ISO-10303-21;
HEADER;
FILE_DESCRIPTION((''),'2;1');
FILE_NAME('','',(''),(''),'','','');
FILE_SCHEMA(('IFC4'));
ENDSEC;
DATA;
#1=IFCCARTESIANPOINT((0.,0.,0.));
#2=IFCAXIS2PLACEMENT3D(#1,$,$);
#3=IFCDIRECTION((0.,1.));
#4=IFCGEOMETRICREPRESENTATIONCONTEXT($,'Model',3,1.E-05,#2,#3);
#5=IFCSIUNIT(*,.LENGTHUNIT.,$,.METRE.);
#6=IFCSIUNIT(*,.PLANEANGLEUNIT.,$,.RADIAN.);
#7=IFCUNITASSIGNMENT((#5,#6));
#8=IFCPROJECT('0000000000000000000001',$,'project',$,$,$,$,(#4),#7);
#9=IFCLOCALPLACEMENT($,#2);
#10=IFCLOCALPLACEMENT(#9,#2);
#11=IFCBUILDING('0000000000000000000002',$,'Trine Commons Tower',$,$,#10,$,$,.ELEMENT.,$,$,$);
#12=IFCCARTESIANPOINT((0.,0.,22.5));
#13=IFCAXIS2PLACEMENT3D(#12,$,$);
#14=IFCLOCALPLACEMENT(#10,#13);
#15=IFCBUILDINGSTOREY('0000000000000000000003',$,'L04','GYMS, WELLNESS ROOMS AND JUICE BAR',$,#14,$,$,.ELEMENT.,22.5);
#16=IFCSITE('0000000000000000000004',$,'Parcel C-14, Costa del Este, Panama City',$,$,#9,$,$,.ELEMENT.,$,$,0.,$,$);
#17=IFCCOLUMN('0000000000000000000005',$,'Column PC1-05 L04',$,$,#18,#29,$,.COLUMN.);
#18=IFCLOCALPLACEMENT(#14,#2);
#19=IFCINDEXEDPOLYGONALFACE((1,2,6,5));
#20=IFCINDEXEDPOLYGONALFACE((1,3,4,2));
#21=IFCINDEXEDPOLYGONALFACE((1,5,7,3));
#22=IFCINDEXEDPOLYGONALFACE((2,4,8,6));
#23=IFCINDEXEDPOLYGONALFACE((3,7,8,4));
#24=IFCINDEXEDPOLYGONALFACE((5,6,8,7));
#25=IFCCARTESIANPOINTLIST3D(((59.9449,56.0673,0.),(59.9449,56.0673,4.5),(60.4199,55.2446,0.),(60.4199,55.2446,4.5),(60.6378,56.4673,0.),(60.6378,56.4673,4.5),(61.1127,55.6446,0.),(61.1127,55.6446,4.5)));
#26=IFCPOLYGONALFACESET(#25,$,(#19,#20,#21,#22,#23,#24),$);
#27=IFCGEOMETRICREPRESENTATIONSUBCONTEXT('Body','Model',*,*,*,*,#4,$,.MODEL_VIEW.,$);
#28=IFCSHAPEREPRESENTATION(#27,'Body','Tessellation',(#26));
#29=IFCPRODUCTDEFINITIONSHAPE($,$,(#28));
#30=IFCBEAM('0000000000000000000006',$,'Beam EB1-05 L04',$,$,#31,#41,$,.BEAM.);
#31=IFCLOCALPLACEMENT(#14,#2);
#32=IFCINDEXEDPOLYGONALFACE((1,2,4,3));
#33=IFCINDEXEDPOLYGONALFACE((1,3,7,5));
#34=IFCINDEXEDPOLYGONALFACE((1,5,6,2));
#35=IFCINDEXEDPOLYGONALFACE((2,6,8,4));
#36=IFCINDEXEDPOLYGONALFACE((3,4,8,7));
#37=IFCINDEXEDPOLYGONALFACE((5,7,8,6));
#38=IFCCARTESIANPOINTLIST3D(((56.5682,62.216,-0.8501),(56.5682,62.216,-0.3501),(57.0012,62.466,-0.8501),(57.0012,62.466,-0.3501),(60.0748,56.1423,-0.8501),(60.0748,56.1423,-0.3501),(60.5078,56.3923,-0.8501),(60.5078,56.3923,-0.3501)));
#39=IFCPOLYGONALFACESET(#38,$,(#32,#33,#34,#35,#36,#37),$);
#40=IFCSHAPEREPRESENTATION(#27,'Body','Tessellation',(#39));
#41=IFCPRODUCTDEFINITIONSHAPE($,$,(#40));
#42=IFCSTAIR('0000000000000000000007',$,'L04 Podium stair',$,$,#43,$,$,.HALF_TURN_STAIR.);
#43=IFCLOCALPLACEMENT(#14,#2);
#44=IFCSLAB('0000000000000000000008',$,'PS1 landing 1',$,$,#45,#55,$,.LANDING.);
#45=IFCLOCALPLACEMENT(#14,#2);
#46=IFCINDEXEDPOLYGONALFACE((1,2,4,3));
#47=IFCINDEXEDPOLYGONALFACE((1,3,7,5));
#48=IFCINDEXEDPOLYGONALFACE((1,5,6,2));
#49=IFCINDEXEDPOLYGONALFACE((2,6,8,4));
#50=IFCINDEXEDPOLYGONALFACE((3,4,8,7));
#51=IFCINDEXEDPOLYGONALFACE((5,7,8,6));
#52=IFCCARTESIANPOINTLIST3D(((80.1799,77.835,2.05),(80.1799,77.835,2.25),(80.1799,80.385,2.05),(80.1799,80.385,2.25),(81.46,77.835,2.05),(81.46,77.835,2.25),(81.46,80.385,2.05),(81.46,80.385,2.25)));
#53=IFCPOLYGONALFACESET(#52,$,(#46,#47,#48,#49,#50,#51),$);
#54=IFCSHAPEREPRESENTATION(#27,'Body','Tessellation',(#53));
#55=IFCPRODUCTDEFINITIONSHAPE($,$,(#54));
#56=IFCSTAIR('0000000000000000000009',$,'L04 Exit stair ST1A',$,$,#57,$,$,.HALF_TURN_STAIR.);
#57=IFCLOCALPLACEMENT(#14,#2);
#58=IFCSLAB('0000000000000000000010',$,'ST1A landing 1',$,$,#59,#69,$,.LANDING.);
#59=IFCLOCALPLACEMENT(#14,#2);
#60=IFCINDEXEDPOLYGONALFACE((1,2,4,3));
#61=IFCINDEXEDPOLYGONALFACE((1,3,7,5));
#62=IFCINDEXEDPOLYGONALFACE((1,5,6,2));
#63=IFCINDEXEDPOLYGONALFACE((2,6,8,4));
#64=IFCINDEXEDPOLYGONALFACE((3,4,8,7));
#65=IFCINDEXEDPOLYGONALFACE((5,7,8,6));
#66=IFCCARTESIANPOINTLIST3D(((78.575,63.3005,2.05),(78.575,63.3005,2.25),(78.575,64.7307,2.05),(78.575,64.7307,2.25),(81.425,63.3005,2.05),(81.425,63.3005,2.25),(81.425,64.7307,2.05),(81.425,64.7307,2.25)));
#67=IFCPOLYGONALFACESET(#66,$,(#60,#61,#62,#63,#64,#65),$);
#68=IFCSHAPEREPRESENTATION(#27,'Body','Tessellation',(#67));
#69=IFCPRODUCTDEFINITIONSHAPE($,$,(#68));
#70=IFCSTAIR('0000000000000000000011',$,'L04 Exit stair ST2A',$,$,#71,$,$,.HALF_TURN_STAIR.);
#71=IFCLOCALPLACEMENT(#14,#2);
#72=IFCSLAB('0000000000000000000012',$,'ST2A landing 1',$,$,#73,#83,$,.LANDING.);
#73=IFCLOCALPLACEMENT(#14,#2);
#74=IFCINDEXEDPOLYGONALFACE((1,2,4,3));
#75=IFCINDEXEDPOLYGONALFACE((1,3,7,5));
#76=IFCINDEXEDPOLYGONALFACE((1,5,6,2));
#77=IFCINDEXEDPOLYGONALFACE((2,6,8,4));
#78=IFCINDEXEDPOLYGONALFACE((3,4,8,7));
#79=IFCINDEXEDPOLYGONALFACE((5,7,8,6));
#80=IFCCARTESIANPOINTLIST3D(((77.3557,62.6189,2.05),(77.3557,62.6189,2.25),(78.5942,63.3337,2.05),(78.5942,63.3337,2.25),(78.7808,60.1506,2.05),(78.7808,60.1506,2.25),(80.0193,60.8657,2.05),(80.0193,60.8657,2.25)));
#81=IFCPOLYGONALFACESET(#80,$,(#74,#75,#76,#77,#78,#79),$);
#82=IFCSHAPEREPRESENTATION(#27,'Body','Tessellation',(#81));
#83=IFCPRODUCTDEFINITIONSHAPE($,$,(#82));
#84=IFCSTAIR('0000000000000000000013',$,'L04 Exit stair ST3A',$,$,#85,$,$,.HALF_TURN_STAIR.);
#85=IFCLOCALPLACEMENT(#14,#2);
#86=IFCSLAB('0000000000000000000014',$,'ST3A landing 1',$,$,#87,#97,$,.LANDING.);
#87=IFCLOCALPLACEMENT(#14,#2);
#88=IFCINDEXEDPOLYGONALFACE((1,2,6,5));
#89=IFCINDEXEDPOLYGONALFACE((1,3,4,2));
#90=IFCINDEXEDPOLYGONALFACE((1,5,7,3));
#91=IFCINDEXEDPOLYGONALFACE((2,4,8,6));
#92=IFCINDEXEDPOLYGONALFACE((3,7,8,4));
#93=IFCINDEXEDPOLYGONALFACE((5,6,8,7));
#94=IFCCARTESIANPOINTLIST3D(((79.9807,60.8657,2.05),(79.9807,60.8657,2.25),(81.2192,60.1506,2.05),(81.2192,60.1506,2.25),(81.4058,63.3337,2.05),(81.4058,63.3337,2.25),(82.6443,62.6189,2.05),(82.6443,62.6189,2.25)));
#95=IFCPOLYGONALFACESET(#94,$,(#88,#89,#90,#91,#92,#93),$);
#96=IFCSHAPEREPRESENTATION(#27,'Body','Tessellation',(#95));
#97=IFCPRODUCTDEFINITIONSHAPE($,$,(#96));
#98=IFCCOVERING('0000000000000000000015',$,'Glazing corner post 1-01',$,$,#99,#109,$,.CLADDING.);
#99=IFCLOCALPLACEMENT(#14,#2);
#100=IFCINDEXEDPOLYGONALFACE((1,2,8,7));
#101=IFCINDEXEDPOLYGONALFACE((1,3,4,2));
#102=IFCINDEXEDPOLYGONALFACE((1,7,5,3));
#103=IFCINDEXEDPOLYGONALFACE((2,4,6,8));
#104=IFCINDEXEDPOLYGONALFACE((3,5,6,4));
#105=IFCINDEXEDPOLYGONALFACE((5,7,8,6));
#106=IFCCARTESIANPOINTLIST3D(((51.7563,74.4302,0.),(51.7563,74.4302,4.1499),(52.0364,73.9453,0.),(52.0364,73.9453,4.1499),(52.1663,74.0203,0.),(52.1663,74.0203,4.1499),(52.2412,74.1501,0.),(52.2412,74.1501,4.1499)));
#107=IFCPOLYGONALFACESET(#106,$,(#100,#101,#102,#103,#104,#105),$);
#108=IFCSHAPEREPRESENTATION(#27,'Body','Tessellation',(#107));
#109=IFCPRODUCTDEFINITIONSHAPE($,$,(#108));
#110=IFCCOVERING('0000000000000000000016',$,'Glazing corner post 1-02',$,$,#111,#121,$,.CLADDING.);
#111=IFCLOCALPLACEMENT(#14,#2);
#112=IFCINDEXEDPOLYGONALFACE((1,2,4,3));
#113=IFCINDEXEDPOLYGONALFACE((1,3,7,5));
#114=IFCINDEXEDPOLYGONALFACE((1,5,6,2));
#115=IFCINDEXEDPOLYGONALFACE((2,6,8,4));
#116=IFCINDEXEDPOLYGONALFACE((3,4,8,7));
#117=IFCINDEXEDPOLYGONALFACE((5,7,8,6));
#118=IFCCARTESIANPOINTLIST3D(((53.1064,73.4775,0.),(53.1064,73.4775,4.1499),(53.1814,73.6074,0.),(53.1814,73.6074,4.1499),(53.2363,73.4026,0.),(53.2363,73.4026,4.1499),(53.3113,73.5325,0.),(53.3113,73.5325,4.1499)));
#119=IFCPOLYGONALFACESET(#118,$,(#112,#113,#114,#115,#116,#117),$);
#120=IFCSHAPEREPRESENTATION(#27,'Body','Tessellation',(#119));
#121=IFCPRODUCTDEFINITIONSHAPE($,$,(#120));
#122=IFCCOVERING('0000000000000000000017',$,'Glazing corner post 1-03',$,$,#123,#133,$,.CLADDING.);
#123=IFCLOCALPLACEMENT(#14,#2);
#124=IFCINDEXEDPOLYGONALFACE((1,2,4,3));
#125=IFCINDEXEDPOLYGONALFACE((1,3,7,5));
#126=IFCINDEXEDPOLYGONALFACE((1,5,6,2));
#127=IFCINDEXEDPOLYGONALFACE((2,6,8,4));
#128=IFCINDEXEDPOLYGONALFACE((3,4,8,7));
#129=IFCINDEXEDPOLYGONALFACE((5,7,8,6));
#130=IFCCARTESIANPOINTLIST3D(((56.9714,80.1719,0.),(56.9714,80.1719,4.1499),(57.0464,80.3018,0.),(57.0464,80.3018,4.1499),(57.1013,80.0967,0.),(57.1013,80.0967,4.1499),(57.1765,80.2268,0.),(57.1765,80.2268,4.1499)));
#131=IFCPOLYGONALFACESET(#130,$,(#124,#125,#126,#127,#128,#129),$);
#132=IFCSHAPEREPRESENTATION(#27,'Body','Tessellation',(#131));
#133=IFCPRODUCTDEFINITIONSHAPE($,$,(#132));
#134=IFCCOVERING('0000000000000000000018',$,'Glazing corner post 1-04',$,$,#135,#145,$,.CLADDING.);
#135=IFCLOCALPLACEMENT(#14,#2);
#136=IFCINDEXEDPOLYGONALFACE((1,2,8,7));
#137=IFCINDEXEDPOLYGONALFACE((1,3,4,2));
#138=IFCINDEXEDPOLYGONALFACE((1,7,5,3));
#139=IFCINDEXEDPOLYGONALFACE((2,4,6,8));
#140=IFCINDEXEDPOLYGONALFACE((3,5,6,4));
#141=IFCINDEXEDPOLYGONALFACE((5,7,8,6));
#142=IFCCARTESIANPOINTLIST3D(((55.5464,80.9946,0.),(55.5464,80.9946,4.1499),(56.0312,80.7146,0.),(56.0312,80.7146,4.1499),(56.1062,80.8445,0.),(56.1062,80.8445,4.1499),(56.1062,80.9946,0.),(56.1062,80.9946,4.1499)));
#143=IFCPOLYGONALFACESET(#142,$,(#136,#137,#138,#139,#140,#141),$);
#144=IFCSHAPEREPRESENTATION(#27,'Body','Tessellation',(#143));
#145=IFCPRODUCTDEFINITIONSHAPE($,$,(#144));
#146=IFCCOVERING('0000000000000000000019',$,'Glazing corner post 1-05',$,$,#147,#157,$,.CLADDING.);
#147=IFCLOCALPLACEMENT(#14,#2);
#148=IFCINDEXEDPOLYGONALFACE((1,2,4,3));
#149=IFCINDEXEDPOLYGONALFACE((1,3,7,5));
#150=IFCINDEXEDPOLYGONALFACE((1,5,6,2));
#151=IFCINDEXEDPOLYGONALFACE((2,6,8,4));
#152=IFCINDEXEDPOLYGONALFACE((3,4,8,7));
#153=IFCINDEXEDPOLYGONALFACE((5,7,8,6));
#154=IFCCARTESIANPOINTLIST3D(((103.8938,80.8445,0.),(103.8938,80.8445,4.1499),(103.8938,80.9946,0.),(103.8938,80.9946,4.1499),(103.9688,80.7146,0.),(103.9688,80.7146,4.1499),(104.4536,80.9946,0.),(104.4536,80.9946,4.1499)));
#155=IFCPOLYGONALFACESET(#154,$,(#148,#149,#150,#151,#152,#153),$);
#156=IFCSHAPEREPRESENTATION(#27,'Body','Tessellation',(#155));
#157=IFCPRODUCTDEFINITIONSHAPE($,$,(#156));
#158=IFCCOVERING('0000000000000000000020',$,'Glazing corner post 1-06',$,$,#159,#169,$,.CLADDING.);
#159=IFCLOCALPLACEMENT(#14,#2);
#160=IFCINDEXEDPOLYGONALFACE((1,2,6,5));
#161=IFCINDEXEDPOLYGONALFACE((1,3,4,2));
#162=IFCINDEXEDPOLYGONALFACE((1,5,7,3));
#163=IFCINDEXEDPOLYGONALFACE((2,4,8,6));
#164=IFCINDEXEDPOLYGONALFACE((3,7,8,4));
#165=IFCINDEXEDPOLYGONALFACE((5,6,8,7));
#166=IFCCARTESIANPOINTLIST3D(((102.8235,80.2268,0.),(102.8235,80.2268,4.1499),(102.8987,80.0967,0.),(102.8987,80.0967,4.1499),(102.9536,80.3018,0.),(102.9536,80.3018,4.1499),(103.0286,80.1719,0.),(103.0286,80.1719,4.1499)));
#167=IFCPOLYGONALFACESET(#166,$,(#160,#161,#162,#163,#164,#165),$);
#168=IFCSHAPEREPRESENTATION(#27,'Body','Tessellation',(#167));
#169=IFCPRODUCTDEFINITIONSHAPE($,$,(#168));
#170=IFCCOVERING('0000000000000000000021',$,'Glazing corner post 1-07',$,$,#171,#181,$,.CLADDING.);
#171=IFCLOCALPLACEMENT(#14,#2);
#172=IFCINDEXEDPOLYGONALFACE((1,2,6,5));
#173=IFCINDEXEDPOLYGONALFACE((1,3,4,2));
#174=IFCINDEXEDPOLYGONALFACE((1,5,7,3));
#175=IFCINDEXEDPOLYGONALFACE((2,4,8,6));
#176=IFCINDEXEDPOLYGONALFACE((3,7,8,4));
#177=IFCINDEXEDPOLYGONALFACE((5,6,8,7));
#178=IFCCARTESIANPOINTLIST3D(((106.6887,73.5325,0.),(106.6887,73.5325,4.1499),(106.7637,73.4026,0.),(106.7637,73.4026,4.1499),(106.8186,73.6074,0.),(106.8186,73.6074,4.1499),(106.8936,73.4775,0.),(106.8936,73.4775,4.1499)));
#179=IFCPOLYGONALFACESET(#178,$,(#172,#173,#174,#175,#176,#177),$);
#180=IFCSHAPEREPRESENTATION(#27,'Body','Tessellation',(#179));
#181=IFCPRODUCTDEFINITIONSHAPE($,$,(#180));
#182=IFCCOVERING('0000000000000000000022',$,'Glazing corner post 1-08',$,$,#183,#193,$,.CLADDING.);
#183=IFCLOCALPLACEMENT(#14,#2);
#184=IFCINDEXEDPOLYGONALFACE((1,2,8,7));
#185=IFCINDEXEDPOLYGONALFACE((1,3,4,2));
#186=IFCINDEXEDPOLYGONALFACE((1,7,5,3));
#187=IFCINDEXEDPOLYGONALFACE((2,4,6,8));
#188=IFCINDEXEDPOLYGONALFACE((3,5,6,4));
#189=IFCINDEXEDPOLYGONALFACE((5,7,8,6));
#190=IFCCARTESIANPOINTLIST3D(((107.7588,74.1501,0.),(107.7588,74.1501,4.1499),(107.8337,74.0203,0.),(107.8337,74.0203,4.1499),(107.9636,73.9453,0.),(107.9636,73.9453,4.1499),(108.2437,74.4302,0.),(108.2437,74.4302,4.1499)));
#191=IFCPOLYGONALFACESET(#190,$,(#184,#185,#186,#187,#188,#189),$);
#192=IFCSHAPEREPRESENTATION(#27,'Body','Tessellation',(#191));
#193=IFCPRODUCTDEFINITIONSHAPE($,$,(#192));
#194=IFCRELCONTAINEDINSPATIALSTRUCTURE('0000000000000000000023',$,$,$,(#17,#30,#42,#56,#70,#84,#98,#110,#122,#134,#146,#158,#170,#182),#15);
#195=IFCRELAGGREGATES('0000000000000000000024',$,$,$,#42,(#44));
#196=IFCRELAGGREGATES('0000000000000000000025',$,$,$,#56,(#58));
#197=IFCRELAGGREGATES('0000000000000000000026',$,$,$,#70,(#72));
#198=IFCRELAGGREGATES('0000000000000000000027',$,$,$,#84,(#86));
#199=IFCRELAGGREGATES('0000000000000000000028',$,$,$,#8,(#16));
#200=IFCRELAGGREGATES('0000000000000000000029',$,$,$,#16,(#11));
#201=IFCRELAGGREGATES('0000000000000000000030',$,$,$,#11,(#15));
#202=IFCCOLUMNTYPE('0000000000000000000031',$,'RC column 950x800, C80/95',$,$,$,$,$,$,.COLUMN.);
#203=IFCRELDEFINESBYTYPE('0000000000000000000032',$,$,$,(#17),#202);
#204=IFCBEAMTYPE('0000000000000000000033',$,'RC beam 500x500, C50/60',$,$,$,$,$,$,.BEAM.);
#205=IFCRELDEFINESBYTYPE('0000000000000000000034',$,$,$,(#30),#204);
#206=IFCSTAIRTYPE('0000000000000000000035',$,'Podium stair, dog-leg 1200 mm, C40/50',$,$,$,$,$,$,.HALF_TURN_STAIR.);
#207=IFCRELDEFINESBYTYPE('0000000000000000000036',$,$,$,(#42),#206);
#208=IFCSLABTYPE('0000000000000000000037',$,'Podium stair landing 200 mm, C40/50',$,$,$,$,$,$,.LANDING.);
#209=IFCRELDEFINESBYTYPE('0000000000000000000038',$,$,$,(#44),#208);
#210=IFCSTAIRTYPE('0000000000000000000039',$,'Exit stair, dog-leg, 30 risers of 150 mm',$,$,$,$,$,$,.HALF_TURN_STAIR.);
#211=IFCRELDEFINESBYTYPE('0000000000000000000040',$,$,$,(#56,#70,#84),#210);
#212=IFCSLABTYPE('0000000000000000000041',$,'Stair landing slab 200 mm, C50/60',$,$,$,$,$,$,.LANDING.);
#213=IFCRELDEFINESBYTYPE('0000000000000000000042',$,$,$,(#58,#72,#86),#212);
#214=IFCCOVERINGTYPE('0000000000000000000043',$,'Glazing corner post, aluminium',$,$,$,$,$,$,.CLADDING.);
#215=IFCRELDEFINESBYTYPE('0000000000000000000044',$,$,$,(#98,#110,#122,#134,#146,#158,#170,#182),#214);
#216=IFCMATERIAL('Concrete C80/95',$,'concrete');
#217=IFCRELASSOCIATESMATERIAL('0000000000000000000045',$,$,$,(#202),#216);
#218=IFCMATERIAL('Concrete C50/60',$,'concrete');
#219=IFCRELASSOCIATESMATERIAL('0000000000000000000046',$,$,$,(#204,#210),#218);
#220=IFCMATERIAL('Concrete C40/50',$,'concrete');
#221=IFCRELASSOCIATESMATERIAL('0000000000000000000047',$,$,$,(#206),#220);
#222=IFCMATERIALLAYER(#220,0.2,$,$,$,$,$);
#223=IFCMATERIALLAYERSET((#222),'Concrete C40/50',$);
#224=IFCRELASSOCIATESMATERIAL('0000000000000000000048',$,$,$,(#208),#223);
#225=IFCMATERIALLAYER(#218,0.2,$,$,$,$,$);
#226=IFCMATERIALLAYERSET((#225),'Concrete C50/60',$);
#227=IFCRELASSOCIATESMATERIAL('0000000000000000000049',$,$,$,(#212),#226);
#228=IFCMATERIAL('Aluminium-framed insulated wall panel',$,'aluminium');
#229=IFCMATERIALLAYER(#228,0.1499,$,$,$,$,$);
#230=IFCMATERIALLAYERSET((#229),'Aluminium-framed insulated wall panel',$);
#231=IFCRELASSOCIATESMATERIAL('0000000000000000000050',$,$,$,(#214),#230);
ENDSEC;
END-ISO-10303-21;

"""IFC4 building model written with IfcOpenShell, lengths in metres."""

from ifc_helpers import new_model, si_unit, direction, frame, origin, origin_2d, place, context, subcontext, project, spatial, polyline, rectangle, outline, extrude, material, layer, layer_set, material_profile, profile_set, type_object, element, aggregate, save


model = new_model("IFC4")

# Units and contexts
model_context = context("Model", 3, precision=1e-05, world=origin(), true_north=direction((0.0, 1.0)))
body_context = subcontext(model_context, "Body", "Model", "MODEL_VIEW")
ifc_project = project(units=[si_unit("LENGTHUNIT", "METRE"), si_unit("PLANEANGLEUNIT", "RADIAN")], contexts=[model_context])

# Site, building, storey
site_placement = place(None, origin())
site = spatial("IfcSite", under=ifc_project, at=site_placement, Name="Parcel C-14, Costa del Este, Panama City", CompositionType="ELEMENT", RefElevation=0.0)
building_placement = place(site_placement, origin())
building = spatial("IfcBuilding", under=site, at=building_placement, Name="Trine Commons Tower", CompositionType="ELEMENT")
storey_placement = place(building_placement, frame((0.0, 0.0, 22.5)))
storey = spatial("IfcBuildingStorey", under=building, at=storey_placement, Name="L04", Description="GYMS, WELLNESS ROOMS AND JUICE BAR", CompositionType="ELEMENT", Elevation=22.5)

# Column
ifc_material_1 = material(Name="Concrete C80/95", Category="concrete")
ifc_material_profile_1 = material_profile(ifc_material_1, rectangle(XDim=0.95, YDim=0.8, at=origin_2d()), Name="RC 950x800")
ifc_profile_set_1 = profile_set([ifc_material_profile_1], Name="Concrete C80/95")
column_type = type_object("IfcColumnType", Name="RC column 950x800, C80/95", PredefinedType="COLUMN", material=ifc_profile_set_1)
column_placement = place(storey_placement, frame((60.5288, 55.856, 0.0), z_axis=(0.0, 0.0, 1.0), x_axis=(-0.5, 0.866025, 0.0)))
element("IfcColumn", 1, at=column_placement, inside=storey, type_object=column_type, Name="Column PC1-05 L04", PredefinedType="COLUMN", context=body_context, shape_type="SweptSolid", body=[
    extrude(rectangle(XDim=0.95, YDim=0.8, at=origin_2d()), origin(), (0.0, 0.0, 1.0), 4.5),
])

# Beam
ifc_material_2 = material(Name="Concrete C50/60", Category="concrete")
ifc_material_profile_2 = material_profile(ifc_material_2, rectangle(XDim=0.5, YDim=0.5, at=origin_2d()), Name="RC 500x500")
ifc_profile_set_2 = profile_set([ifc_material_profile_2], Name="Concrete C50/60")
beam_type = type_object("IfcBeamType", Name="RC beam 500x500, C50/60", PredefinedType="BEAM", material=ifc_profile_set_2)
beam_placement = place(storey_placement, frame((60.2913, 56.2673, -0.6001), z_axis=(-0.499992, 0.86603, 0.0), x_axis=(-0.86603, -0.499992, 0.0)))
element("IfcBeam", 2, at=beam_placement, inside=storey, type_object=beam_type, Name="Beam EB1-05 L04", PredefinedType="BEAM", context=body_context, shape_type="SweptSolid", body=[
    extrude(rectangle(XDim=0.5, YDim=0.5, at=origin_2d()), origin(), (0.0, 0.0, 1.0), 7.0132),
])

# Stairs, slabs
ifc_material_3 = material(Name="Concrete C40/50", Category="concrete")
stair_type_1 = type_object("IfcStairType", Name="Podium stair, dog-leg 1200 mm, C40/50", PredefinedType="HALF_TURN_STAIR", material=ifc_material_3)
stair_1_placement = place(storey_placement, origin())
stair_1 = element("IfcStair", 3, at=stair_1_placement, inside=storey, type_object=stair_type_1, Name="L04 Podium stair", PredefinedType="HALF_TURN_STAIR")
ifc_layer_1 = layer(ifc_material_3, 0.2)
ifc_layer_set_1 = layer_set([ifc_layer_1], Name="Concrete C40/50")
slab_type_1 = type_object("IfcSlabType", Name="Podium stair landing 200 mm, C40/50", PredefinedType="LANDING", material=ifc_layer_set_1)
slab_1_placement = place(storey_placement, frame((0.0, 0.0, 2.05)))
slab_1 = element("IfcSlab", 4, at=slab_1_placement, type_object=slab_type_1, Name="PS1 landing 1", PredefinedType="LANDING", context=body_context, shape_type="SweptSolid", body=[
    extrude(outline(polyline([(80.1799, 77.835), (81.46, 77.835), (81.46, 80.385), (80.1799, 80.385), (80.1799, 77.835)])), origin(), (0.0, 0.0, 1.0), 0.2),
])
aggregate(stair_1, [slab_1])
stair_type_2 = type_object("IfcStairType", Name="Exit stair, dog-leg, 30 risers of 150 mm", PredefinedType="HALF_TURN_STAIR", material=ifc_material_2)
stair_2_placement = place(storey_placement, origin())
stair_2 = element("IfcStair", 5, at=stair_2_placement, inside=storey, type_object=stair_type_2, Name="L04 Exit stair ST1A", PredefinedType="HALF_TURN_STAIR")
ifc_layer_2 = layer(ifc_material_2, 0.2)
ifc_layer_set_2 = layer_set([ifc_layer_2], Name="Concrete C50/60")
slab_type_2 = type_object("IfcSlabType", Name="Stair landing slab 200 mm, C50/60", PredefinedType="LANDING", material=ifc_layer_set_2)
slab_2_placement = place(storey_placement, frame((0.0, 0.0, 2.05)))
slab_2 = element("IfcSlab", 6, at=slab_2_placement, type_object=slab_type_2, Name="ST1A landing 1", PredefinedType="LANDING", context=body_context, shape_type="SweptSolid", body=[
    extrude(outline(polyline([(78.575, 64.7307), (78.575, 63.3005), (81.425, 63.3005), (81.425, 64.7307), (78.575, 64.7307)])), origin(), (0.0, 0.0, 1.0), 0.2),
])
aggregate(stair_2, [slab_2])
stair_3_placement = place(storey_placement, origin())
stair_3 = element("IfcStair", 7, at=stair_3_placement, inside=storey, type_object=stair_type_2, Name="L04 Exit stair ST2A", PredefinedType="HALF_TURN_STAIR")
slab_3_placement = place(storey_placement, frame((0.0, 0.0, 2.05)))
slab_3 = element("IfcSlab", 8, at=slab_3_placement, type_object=slab_type_2, Name="ST2A landing 1", PredefinedType="LANDING", context=body_context, shape_type="SweptSolid", body=[
    extrude(outline(polyline([(78.7808, 60.1506), (80.0193, 60.8657), (78.5942, 63.3337), (77.3557, 62.6189), (78.7808, 60.1506)])), origin(), (0.0, 0.0, 1.0), 0.2),
])
aggregate(stair_3, [slab_3])
stair_4_placement = place(storey_placement, origin())
stair_4 = element("IfcStair", 9, at=stair_4_placement, inside=storey, type_object=stair_type_2, Name="L04 Exit stair ST3A", PredefinedType="HALF_TURN_STAIR")
slab_4_placement = place(storey_placement, frame((0.0, 0.0, 2.05)))
slab_4 = element("IfcSlab", 10, at=slab_4_placement, type_object=slab_type_2, Name="ST3A landing 1", PredefinedType="LANDING", context=body_context, shape_type="SweptSolid", body=[
    extrude(outline(polyline([(82.6443, 62.6189), (81.4058, 63.3337), (79.9807, 60.8657), (81.2192, 60.1506), (82.6443, 62.6189)])), origin(), (0.0, 0.0, 1.0), 0.2),
])
aggregate(stair_4, [slab_4])

# Coverings
ifc_material_4 = material(Name="Aluminium-framed insulated wall panel", Category="aluminium")
ifc_layer_3 = layer(ifc_material_4, 0.1499)
ifc_layer_set_3 = layer_set([ifc_layer_3], Name="Aluminium-framed insulated wall panel")
covering_type_1 = type_object("IfcCoveringType", Name="Glazing corner post, aluminium", PredefinedType="CLADDING", material=ifc_layer_set_3)
covering_1_placement = place(storey_placement, origin())
element("IfcCovering", 11, at=covering_1_placement, inside=storey, type_object=covering_type_1, Name="Glazing corner post 1-01", PredefinedType="CLADDING", context=body_context, shape_type="SweptSolid", body=[
    extrude(outline(polyline([(51.7563, 74.4302), (51.7563, 74.4302), (52.0364, 73.9453), (52.1663, 74.0203), (52.1663, 74.0203), (52.1663, 74.0203), (52.1663, 74.0203), (52.2412, 74.1501), (51.7563, 74.4302)])), origin(), (0.0, 0.0, 1.0), 4.1499),
])
covering_2_placement = place(storey_placement, origin())
element("IfcCovering", 12, at=covering_2_placement, inside=storey, type_object=covering_type_1, Name="Glazing corner post 1-02", PredefinedType="CLADDING", context=body_context, shape_type="SweptSolid", body=[
    extrude(outline(polyline([(53.1064, 73.4775), (53.2363, 73.4026), (53.3113, 73.5325), (53.1814, 73.6074), (53.1064, 73.4775)])), origin(), (0.0, 0.0, 1.0), 4.1499),
])
covering_3_placement = place(storey_placement, origin())
element("IfcCovering", 13, at=covering_3_placement, inside=storey, type_object=covering_type_1, Name="Glazing corner post 1-03", PredefinedType="CLADDING", context=body_context, shape_type="SweptSolid", body=[
    extrude(outline(polyline([(57.1013, 80.0967), (57.1765, 80.2268), (57.0464, 80.3018), (56.9714, 80.1719), (57.1013, 80.0967)])), origin(), (0.0, 0.0, 1.0), 4.1499),
])
covering_4_placement = place(storey_placement, origin())
element("IfcCovering", 14, at=covering_4_placement, inside=storey, type_object=covering_type_1, Name="Glazing corner post 1-04", PredefinedType="CLADDING", context=body_context, shape_type="SweptSolid", body=[
    extrude(outline(polyline([(56.0312, 80.7146), (56.1062, 80.8445), (56.1062, 80.9946), (55.5464, 80.9946), (56.0312, 80.7146)])), origin(), (0.0, 0.0, 1.0), 4.1499),
])
covering_5_placement = place(storey_placement, origin())
element("IfcCovering", 15, at=covering_5_placement, inside=storey, type_object=covering_type_1, Name="Glazing corner post 1-05", PredefinedType="CLADDING", context=body_context, shape_type="SweptSolid", body=[
    extrude(outline(polyline([(103.9688, 80.7146), (104.4536, 80.9946), (103.8938, 80.9946), (103.8938, 80.8445), (103.9688, 80.7146)])), origin(), (0.0, 0.0, 1.0), 4.1499),
])
covering_6_placement = place(storey_placement, origin())
element("IfcCovering", 16, at=covering_6_placement, inside=storey, type_object=covering_type_1, Name="Glazing corner post 1-06", PredefinedType="CLADDING", context=body_context, shape_type="SweptSolid", body=[
    extrude(outline(polyline([(102.8987, 80.0967), (103.0286, 80.1719), (102.9536, 80.3018), (102.8235, 80.2268), (102.8987, 80.0967)])), origin(), (0.0, 0.0, 1.0), 4.1499),
])
covering_7_placement = place(storey_placement, origin())
element("IfcCovering", 17, at=covering_7_placement, inside=storey, type_object=covering_type_1, Name="Glazing corner post 1-07", PredefinedType="CLADDING", context=body_context, shape_type="SweptSolid", body=[
    extrude(outline(polyline([(106.6887, 73.5325), (106.7637, 73.4026), (106.8936, 73.4775), (106.8186, 73.6074), (106.6887, 73.5325)])), origin(), (0.0, 0.0, 1.0), 4.1499),
])
covering_8_placement = place(storey_placement, origin())
element("IfcCovering", 18, at=covering_8_placement, inside=storey, type_object=covering_type_1, Name="Glazing corner post 1-08", PredefinedType="CLADDING", context=body_context, shape_type="SweptSolid", body=[
    extrude(outline(polyline([(107.9636, 73.9453), (108.2437, 74.4302), (107.7588, 74.1501), (107.8337, 74.0203), (107.9636, 73.9453)])), origin(), (0.0, 0.0, 1.0), 4.1499),
])

save(model, "model.ifc")
